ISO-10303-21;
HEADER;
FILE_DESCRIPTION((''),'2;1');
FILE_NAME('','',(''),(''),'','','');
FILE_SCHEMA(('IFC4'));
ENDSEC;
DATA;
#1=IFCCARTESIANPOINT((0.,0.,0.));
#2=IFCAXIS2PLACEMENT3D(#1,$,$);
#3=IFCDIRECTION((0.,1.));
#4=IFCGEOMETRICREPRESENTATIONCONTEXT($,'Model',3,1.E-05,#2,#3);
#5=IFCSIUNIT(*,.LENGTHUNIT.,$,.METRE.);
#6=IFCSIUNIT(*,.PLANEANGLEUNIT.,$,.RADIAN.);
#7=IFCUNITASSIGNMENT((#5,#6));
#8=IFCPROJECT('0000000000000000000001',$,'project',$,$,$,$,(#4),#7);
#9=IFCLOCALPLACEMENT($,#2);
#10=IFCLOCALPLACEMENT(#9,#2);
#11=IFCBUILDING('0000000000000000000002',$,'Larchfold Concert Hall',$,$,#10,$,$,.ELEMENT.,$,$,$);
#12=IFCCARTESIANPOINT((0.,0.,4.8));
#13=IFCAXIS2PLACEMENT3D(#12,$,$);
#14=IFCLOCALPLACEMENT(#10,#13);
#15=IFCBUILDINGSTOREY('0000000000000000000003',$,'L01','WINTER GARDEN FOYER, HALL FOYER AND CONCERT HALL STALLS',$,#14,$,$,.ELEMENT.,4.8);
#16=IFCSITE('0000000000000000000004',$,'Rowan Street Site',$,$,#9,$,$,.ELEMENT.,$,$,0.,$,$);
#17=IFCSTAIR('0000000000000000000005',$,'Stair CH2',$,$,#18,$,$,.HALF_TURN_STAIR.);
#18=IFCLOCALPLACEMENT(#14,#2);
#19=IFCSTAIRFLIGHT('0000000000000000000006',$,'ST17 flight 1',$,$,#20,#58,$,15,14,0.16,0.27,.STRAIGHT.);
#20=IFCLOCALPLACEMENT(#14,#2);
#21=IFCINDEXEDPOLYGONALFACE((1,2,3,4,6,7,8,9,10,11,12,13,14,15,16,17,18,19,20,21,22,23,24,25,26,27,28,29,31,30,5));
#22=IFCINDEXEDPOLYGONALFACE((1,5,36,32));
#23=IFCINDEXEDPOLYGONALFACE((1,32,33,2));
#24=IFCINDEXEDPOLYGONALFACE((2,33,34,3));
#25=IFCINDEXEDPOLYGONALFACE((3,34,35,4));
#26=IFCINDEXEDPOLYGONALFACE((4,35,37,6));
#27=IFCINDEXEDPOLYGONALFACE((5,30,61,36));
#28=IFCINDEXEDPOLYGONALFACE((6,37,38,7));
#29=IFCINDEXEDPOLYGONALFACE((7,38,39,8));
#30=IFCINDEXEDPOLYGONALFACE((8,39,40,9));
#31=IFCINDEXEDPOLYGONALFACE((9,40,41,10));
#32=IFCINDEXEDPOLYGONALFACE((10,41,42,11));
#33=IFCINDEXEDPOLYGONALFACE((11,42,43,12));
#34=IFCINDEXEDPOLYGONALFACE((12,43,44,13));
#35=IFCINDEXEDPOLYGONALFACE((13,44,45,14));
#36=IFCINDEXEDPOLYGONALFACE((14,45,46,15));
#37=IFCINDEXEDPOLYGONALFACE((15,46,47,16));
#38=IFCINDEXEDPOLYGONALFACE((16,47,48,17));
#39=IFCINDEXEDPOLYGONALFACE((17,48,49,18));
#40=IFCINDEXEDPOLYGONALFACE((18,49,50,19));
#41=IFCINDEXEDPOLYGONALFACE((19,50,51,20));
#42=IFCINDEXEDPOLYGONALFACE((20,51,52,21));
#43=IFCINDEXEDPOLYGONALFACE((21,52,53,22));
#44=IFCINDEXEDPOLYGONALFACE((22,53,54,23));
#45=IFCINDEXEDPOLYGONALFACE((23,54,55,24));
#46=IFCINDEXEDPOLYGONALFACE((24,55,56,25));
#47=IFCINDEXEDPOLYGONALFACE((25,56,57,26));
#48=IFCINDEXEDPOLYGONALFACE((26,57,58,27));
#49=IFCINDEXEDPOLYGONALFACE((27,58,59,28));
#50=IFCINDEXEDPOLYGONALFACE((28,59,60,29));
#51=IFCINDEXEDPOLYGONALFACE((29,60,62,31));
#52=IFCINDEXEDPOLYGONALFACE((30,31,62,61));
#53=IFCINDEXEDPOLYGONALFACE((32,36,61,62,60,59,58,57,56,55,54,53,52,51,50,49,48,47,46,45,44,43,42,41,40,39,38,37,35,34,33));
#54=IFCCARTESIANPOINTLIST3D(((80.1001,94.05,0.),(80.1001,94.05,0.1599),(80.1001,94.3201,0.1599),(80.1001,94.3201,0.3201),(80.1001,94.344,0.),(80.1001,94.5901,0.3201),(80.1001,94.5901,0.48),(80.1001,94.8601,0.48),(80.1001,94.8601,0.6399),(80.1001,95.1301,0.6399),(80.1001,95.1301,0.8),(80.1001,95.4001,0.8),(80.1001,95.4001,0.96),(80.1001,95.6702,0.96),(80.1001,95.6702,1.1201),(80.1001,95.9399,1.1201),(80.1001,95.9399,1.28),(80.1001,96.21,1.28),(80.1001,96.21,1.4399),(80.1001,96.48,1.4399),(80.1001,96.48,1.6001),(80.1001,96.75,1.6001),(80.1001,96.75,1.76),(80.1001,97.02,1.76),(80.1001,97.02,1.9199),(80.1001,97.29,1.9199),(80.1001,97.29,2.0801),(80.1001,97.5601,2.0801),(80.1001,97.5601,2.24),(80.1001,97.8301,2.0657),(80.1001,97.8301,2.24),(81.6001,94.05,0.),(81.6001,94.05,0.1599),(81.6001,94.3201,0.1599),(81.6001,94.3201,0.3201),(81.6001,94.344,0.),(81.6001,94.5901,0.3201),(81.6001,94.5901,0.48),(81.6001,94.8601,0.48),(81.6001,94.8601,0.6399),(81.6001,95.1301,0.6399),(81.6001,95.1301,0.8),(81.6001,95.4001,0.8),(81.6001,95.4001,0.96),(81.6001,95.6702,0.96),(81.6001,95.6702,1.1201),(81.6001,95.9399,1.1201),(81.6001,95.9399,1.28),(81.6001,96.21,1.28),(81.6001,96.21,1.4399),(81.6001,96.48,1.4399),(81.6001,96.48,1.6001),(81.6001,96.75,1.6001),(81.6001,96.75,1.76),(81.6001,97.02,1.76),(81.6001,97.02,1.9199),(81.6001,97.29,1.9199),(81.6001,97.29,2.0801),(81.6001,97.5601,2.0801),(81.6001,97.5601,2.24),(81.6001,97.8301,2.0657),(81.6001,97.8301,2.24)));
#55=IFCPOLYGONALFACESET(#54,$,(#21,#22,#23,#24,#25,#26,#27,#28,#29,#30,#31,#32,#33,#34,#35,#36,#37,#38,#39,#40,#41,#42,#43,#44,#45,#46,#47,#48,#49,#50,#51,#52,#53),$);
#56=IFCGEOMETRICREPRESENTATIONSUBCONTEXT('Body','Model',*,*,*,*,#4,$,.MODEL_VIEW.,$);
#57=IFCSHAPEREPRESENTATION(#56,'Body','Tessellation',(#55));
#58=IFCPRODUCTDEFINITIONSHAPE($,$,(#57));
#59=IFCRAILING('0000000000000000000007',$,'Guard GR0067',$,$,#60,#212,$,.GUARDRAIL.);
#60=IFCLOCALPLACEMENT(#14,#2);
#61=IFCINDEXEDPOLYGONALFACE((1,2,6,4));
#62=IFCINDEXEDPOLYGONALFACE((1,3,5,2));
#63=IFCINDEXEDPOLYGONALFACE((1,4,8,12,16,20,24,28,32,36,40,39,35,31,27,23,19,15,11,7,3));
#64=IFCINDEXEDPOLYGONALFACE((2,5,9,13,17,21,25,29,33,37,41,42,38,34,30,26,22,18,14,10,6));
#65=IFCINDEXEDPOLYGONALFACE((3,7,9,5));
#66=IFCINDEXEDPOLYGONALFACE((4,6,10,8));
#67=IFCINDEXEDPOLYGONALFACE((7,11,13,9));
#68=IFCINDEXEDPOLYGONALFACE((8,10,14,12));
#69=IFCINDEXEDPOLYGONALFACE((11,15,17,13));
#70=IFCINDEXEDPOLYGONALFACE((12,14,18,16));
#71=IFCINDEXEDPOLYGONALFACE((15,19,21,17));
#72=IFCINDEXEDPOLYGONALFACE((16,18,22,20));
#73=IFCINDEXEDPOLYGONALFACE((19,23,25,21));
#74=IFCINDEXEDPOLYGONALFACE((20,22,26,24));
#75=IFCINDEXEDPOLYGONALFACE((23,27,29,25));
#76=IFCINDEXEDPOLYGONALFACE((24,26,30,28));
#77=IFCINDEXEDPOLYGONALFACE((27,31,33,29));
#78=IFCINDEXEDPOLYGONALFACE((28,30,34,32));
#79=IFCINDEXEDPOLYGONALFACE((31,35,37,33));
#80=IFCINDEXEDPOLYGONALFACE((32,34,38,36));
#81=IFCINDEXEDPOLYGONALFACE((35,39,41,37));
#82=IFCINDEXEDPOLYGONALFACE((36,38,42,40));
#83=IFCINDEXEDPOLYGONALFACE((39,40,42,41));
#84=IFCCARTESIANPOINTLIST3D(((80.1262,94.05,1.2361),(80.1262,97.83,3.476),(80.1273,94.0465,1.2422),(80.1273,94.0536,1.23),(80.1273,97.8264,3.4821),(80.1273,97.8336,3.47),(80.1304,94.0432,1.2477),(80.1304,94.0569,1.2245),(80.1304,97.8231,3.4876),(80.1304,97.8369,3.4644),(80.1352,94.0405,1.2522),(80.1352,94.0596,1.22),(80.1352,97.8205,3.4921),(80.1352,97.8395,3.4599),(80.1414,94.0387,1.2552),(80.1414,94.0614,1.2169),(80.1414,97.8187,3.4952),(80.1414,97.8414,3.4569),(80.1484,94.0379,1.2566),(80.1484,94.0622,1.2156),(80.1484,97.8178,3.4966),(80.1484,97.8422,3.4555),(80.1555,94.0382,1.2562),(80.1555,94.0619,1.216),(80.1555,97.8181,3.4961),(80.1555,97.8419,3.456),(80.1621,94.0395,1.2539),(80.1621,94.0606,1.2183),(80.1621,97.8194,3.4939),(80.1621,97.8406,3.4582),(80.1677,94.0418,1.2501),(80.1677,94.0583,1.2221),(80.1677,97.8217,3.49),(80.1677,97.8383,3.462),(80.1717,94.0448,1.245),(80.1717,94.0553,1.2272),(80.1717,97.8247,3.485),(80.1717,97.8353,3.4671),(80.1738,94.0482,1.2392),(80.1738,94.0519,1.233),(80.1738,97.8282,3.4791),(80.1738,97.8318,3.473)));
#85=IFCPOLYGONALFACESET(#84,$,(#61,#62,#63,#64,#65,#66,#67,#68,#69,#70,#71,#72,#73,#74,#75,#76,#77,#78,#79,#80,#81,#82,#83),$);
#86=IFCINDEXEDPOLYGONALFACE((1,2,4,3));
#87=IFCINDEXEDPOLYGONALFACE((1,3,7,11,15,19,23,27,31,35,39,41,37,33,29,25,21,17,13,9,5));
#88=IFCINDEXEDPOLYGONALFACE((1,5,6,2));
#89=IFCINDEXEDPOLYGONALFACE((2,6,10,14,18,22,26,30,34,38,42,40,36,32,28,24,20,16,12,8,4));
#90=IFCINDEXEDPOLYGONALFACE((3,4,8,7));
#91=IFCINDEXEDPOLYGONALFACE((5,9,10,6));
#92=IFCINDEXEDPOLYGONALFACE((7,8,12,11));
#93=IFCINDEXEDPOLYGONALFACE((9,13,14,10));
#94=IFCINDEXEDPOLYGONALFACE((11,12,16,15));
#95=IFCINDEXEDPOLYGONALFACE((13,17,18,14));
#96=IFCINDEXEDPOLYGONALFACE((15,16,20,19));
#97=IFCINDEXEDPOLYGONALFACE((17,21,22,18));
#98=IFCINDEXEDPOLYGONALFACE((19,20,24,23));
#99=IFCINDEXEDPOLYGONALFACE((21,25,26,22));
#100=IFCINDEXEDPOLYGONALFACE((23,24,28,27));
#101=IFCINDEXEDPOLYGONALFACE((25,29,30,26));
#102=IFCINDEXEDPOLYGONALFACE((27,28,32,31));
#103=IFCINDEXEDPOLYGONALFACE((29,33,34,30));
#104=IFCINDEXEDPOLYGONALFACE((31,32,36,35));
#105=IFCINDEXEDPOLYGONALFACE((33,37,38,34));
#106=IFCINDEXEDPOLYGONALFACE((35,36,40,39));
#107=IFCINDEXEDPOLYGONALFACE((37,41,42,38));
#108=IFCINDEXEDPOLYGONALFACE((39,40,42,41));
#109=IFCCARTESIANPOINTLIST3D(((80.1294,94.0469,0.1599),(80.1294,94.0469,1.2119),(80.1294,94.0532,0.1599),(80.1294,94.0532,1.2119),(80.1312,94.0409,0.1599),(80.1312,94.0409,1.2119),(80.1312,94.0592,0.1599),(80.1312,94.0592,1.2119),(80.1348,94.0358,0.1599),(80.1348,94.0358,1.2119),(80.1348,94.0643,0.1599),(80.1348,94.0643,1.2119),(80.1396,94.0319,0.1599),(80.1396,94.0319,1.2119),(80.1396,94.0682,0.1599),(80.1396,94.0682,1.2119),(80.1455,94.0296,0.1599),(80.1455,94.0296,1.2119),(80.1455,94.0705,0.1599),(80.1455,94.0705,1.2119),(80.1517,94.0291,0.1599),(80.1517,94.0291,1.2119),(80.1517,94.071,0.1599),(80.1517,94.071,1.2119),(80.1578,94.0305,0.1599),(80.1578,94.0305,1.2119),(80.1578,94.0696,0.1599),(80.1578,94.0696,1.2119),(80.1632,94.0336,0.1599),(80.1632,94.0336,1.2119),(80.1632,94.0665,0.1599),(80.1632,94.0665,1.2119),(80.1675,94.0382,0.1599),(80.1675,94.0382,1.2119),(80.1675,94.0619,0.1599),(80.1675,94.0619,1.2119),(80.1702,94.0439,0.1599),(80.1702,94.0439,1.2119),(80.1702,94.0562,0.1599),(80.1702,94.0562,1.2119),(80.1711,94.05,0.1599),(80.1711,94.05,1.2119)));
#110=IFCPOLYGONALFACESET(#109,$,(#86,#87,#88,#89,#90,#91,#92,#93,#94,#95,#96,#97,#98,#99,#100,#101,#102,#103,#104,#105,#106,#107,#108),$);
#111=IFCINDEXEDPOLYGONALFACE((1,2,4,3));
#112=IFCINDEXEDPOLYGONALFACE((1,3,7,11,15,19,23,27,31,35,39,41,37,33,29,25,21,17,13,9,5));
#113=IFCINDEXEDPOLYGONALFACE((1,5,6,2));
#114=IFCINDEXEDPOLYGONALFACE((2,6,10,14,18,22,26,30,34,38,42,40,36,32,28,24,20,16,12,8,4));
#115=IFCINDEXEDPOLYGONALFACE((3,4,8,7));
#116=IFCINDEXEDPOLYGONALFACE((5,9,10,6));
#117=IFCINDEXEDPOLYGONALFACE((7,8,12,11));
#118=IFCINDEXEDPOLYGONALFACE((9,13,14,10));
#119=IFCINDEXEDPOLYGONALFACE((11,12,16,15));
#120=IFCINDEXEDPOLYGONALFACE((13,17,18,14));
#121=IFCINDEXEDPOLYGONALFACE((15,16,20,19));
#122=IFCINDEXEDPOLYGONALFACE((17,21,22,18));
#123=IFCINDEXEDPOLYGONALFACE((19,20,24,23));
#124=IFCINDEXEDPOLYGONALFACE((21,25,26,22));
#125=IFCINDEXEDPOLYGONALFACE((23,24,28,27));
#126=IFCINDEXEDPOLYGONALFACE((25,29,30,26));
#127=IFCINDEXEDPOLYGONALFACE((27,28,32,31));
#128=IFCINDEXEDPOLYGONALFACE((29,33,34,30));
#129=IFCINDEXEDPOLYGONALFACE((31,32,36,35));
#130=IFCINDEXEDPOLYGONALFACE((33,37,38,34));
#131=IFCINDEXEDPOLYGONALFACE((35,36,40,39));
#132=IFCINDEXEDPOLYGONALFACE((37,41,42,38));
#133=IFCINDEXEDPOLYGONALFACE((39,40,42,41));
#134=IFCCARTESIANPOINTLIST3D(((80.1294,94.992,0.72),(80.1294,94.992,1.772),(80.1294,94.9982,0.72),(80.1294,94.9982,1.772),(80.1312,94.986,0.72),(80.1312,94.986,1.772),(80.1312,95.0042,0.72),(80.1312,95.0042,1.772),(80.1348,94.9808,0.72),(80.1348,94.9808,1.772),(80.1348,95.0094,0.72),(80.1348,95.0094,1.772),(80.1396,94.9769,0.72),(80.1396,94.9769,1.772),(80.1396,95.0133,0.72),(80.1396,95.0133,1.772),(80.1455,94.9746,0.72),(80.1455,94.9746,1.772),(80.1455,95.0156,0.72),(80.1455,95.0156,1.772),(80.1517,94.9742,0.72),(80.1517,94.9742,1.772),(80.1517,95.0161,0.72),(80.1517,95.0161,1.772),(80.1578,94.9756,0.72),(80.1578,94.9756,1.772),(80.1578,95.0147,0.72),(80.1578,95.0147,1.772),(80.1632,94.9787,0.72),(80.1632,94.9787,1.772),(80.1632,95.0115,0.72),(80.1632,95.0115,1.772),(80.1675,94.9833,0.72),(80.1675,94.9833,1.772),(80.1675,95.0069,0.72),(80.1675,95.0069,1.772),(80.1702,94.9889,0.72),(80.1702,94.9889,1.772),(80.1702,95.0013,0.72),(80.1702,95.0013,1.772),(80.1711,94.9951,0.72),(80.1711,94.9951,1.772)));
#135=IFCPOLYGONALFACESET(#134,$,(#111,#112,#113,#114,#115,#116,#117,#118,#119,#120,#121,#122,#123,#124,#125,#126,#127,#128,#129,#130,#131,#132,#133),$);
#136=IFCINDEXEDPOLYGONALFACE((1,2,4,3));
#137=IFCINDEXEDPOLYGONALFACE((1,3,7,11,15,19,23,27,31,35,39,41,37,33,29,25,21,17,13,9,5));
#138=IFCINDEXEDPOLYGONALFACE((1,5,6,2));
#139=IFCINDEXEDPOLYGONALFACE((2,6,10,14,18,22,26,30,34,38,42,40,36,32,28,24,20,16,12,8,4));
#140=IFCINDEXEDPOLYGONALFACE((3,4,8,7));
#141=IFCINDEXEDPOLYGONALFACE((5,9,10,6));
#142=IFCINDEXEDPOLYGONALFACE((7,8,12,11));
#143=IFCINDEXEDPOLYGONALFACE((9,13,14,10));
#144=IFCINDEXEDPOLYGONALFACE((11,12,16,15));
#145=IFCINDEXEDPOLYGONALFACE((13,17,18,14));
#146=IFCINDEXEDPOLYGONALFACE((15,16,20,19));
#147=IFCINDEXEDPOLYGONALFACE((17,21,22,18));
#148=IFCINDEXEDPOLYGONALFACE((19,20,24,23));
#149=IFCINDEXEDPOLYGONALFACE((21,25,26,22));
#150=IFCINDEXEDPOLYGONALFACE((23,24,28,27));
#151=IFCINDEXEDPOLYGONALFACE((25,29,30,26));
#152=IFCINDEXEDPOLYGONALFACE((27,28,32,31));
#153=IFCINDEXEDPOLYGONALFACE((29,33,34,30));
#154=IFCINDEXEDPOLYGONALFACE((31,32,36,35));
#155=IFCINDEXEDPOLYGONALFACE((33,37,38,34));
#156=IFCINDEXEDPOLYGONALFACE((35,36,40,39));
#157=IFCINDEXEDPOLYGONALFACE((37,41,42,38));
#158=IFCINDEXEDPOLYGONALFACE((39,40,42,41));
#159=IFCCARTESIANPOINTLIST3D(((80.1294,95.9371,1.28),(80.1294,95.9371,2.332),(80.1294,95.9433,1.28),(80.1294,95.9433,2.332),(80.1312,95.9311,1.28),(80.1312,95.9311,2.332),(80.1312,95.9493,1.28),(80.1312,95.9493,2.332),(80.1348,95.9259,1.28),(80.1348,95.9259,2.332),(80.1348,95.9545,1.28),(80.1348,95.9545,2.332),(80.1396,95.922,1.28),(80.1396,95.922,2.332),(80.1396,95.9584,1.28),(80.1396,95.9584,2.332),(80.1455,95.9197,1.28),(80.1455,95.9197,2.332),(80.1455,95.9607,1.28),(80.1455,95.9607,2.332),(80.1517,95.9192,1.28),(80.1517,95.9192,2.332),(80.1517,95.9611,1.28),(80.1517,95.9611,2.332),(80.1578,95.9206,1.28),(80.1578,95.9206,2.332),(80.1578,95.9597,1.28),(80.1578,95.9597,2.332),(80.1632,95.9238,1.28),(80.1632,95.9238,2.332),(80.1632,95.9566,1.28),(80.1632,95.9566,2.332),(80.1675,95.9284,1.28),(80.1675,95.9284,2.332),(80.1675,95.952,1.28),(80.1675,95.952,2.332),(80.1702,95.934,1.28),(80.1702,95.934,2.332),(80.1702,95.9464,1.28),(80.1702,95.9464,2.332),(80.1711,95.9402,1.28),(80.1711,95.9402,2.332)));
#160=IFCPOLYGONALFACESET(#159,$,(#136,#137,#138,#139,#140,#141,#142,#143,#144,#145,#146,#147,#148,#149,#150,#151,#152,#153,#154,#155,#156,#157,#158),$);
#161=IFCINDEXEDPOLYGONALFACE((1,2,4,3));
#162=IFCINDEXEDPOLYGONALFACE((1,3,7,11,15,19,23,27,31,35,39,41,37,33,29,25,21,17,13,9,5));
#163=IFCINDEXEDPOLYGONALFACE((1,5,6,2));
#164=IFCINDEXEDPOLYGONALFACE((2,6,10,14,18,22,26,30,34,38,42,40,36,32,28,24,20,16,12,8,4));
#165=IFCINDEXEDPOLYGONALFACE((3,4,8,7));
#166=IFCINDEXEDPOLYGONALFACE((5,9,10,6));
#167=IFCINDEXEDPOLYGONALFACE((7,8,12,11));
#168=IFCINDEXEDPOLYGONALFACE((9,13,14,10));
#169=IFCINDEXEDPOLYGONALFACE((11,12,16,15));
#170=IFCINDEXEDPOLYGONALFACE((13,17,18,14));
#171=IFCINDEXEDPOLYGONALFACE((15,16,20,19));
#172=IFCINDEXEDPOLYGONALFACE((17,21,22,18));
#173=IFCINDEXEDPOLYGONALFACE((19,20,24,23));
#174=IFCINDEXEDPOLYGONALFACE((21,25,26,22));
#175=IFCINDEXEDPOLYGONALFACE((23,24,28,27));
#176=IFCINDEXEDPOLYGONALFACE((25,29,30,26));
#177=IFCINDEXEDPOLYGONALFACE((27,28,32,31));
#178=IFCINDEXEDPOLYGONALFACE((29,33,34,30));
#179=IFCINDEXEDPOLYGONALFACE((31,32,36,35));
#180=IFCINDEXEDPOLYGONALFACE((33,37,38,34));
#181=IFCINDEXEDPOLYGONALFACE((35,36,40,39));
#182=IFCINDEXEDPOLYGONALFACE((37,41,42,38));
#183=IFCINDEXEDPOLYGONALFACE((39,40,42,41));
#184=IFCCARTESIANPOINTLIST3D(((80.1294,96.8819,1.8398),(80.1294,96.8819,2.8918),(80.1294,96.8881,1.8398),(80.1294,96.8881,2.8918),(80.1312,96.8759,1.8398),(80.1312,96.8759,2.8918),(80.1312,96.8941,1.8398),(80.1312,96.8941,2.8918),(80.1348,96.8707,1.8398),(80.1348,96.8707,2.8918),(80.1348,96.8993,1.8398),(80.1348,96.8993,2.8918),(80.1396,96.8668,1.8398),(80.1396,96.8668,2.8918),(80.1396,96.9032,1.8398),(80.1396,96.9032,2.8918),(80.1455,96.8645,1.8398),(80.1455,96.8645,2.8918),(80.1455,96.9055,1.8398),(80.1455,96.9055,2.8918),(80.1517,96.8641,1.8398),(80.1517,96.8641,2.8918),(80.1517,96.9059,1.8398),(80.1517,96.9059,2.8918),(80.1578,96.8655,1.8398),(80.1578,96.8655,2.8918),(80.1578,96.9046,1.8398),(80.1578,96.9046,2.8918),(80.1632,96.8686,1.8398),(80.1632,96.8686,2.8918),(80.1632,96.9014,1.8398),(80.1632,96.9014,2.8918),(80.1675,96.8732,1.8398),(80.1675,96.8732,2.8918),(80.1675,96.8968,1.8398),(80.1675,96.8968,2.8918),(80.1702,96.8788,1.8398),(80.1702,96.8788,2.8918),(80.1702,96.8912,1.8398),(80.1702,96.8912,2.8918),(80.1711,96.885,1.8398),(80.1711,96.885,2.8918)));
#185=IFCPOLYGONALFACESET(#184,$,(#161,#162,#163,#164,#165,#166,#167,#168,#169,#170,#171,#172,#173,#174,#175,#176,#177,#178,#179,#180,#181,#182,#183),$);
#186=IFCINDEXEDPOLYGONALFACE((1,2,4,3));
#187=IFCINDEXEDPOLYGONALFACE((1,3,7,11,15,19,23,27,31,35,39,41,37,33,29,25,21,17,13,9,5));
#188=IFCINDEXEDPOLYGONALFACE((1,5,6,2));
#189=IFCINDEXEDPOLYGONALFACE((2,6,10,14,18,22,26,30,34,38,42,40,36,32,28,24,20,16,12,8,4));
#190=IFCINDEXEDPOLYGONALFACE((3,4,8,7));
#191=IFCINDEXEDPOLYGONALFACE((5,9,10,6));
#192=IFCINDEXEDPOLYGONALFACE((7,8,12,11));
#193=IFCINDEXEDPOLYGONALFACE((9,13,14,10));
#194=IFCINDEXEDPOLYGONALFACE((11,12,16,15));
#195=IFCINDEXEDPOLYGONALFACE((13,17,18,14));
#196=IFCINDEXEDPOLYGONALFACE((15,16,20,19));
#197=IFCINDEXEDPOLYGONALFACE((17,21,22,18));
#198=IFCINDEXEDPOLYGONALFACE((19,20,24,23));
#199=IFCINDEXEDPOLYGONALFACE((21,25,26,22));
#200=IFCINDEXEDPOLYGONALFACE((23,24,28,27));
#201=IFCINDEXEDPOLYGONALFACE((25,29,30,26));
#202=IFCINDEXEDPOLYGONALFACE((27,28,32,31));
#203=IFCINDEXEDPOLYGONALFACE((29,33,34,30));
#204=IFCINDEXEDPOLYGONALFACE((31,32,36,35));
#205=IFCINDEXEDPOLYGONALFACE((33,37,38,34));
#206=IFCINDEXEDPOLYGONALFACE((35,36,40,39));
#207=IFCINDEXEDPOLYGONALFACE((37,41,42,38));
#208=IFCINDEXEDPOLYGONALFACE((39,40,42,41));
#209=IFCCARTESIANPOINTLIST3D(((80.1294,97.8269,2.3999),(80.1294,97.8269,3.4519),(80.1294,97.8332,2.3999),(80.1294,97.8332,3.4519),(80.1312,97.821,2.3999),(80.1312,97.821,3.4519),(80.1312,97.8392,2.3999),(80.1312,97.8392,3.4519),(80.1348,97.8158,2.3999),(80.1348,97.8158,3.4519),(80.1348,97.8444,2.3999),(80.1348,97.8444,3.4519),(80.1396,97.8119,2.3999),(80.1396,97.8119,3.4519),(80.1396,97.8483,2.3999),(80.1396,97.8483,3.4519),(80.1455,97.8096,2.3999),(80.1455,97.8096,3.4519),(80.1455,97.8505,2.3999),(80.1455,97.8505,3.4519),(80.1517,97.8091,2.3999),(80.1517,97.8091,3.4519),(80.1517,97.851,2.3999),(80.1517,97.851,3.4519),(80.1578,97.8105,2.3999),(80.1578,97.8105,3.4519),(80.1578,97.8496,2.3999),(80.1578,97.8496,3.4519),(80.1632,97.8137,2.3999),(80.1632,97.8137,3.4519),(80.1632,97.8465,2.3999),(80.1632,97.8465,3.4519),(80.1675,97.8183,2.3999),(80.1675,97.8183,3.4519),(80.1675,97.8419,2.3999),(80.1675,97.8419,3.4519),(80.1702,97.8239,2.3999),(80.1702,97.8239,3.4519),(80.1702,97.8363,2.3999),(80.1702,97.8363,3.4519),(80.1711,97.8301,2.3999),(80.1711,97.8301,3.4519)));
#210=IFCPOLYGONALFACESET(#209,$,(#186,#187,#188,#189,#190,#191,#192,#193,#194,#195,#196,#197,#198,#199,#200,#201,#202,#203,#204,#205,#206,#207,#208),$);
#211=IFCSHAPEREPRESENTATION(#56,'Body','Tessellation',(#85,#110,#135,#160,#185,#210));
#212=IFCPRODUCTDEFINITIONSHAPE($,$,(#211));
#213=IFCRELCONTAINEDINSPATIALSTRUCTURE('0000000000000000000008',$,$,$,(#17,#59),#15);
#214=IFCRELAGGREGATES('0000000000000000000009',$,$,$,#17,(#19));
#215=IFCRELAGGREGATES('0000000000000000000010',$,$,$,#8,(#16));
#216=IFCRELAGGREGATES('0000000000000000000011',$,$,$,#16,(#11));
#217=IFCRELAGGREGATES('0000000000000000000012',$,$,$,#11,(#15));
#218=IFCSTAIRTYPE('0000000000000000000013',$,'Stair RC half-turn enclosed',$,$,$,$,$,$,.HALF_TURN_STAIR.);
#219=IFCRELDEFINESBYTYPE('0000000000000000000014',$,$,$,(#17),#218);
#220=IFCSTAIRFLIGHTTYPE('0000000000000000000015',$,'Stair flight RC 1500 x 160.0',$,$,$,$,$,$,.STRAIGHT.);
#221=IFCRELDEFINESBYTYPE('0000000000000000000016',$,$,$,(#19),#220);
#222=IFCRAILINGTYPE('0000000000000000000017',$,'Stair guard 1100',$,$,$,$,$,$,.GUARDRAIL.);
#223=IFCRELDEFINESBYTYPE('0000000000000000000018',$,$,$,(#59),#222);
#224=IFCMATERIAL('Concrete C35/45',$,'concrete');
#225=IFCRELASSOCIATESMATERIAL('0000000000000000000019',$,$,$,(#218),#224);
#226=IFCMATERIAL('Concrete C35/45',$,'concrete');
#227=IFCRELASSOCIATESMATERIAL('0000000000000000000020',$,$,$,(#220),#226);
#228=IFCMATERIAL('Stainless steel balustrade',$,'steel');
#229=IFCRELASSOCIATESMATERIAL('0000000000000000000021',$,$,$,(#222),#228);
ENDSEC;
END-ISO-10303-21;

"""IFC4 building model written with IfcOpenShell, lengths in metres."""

from ifc_helpers import new_model, si_unit, direction, frame, origin, origin_2d, place, context, subcontext, project, spatial, polyline, circle, outline, extrude, material, type_object, element, aggregate, save


model = new_model("IFC4")

# Units and contexts
model_context = context("Model", 3, precision=1e-05, world=origin(), true_north=direction((0.0, 1.0)))
body_context = subcontext(model_context, "Body", "Model", "MODEL_VIEW")
ifc_project = project(units=[si_unit("LENGTHUNIT", "METRE"), si_unit("PLANEANGLEUNIT", "RADIAN")], contexts=[model_context])

# Site, building, storey
site_placement = place(None, origin())
site = spatial("IfcSite", under=ifc_project, at=site_placement, Name="Rowan Street Site", CompositionType="ELEMENT", RefElevation=0.0)
building_placement = place(site_placement, origin())
building = spatial("IfcBuilding", under=site, at=building_placement, Name="Larchfold Concert Hall", CompositionType="ELEMENT")
storey_placement = place(building_placement, frame((0.0, 0.0, 4.8)))
storey = spatial("IfcBuildingStorey", under=building, at=storey_placement, Name="L01", Description="WINTER GARDEN FOYER, HALL FOYER AND CONCERT HALL STALLS", CompositionType="ELEMENT", Elevation=4.8)

# Stair, stair flight
ifc_material_1 = material(Name="Concrete C35/45", Category="concrete")
stair_type = type_object("IfcStairType", Name="Stair RC half-turn enclosed", PredefinedType="HALF_TURN_STAIR", material=ifc_material_1)
stair_placement = place(storey_placement, origin())
stair = element("IfcStair", 1, at=stair_placement, inside=storey, type_object=stair_type, Name="Stair CH2", PredefinedType="HALF_TURN_STAIR")
ifc_material_2 = material(Name="Concrete C35/45", Category="concrete")
stair_flight_type = type_object("IfcStairFlightType", Name="Stair flight RC 1500 x 160.0", PredefinedType="STRAIGHT", material=ifc_material_2)
stair_flight_placement = place(storey_placement, frame((80.8501, 94.05, 0.0), z_axis=(0.0, 0.0, 1.0), x_axis=(0.0, 1.0, 0.0)))
stair_flight = element("IfcStairFlight", 2, at=stair_flight_placement, type_object=stair_flight_type, Name="ST17 flight 1", NumberOfRisers=15, NumberOfTreads=14, PredefinedType="STRAIGHT", RiserHeight=0.16, TreadLength=0.27, context=body_context, shape_type="SweptSolid", body=[
    extrude(outline(polyline([(0.0, 0.0), (0.0, 0.1599), (0.27, 0.1599), (0.27, 0.3201), (0.54, 0.3201), (0.54, 0.48), (0.8101, 0.48), (0.8101, 0.6399), (1.0801, 0.6399), (1.0801, 0.8), (1.3501, 0.8), (1.3501, 0.96), (1.6201, 0.96), (1.6201, 1.1201), (1.8899, 1.1201), (1.8899, 1.28), (2.1599, 1.28), (2.1599, 1.4399), (2.4299, 1.4399), (2.4299, 1.6001), (2.7, 1.6001), (2.7, 1.76), (2.97, 1.76), (2.97, 1.9199), (3.24, 1.9199), (3.24, 2.0801), (3.51, 2.0801), (3.51, 2.24), (3.78, 2.24), (3.78, 2.3999), (3.78, 2.0657), (0.2939, 0.0), (0.0, 0.0)])), frame((0.0, 0.75, 0.0), z_axis=(0.0, -1.0, 0.0), x_axis=(1.0, 0.0, 0.0)), (0.0, 0.0, 1.0), 1.5),
])
aggregate(stair, [stair_flight])

# Railing
ifc_material_3 = material(Name="Stainless steel balustrade", Category="steel")
railing_type_1 = type_object("IfcRailingType", Name="Stair guard 1100", PredefinedType="GUARDRAIL", material=ifc_material_3)
railing_1_placement = place(storey_placement, frame((80.1501, 94.05, 0.1599)))
element("IfcRailing", 3, at=railing_1_placement, inside=storey, type_object=railing_type_1, Name="Guard GR0067", PredefinedType="GUARDRAIL", context=body_context, shape_type="SweptSolid", body=[
    extrude(circle(Radius=0.0239, at=origin_2d()), frame((0.0, 0.0, 1.0762), z_axis=(0.0, 0.860294, 0.509798), x_axis=(-1.0, 0.0, 0.0)), (0.0, 0.0, 1.0), 4.3938),
    extrude(circle(Radius=0.021, at=origin_2d()), origin(), (0.0, 0.0, 1.0), 1.052),
    extrude(circle(Radius=0.021, at=origin_2d()), frame((0.0, 0.9451, 0.5601)), (0.0, 0.0, 1.0), 1.052),
    extrude(circle(Radius=0.021, at=origin_2d()), frame((0.0, 1.8901, 1.1201)), (0.0, 0.0, 1.0), 1.052),
    extrude(circle(Radius=0.021, at=origin_2d()), frame((0.0, 2.835, 1.6799)), (0.0, 0.0, 1.0), 1.052),
    extrude(circle(Radius=0.021, at=origin_2d()), frame((0.0, 3.78, 2.24)), (0.0, 0.0, 1.0), 1.052),
])

save(model, "model.ifc")
